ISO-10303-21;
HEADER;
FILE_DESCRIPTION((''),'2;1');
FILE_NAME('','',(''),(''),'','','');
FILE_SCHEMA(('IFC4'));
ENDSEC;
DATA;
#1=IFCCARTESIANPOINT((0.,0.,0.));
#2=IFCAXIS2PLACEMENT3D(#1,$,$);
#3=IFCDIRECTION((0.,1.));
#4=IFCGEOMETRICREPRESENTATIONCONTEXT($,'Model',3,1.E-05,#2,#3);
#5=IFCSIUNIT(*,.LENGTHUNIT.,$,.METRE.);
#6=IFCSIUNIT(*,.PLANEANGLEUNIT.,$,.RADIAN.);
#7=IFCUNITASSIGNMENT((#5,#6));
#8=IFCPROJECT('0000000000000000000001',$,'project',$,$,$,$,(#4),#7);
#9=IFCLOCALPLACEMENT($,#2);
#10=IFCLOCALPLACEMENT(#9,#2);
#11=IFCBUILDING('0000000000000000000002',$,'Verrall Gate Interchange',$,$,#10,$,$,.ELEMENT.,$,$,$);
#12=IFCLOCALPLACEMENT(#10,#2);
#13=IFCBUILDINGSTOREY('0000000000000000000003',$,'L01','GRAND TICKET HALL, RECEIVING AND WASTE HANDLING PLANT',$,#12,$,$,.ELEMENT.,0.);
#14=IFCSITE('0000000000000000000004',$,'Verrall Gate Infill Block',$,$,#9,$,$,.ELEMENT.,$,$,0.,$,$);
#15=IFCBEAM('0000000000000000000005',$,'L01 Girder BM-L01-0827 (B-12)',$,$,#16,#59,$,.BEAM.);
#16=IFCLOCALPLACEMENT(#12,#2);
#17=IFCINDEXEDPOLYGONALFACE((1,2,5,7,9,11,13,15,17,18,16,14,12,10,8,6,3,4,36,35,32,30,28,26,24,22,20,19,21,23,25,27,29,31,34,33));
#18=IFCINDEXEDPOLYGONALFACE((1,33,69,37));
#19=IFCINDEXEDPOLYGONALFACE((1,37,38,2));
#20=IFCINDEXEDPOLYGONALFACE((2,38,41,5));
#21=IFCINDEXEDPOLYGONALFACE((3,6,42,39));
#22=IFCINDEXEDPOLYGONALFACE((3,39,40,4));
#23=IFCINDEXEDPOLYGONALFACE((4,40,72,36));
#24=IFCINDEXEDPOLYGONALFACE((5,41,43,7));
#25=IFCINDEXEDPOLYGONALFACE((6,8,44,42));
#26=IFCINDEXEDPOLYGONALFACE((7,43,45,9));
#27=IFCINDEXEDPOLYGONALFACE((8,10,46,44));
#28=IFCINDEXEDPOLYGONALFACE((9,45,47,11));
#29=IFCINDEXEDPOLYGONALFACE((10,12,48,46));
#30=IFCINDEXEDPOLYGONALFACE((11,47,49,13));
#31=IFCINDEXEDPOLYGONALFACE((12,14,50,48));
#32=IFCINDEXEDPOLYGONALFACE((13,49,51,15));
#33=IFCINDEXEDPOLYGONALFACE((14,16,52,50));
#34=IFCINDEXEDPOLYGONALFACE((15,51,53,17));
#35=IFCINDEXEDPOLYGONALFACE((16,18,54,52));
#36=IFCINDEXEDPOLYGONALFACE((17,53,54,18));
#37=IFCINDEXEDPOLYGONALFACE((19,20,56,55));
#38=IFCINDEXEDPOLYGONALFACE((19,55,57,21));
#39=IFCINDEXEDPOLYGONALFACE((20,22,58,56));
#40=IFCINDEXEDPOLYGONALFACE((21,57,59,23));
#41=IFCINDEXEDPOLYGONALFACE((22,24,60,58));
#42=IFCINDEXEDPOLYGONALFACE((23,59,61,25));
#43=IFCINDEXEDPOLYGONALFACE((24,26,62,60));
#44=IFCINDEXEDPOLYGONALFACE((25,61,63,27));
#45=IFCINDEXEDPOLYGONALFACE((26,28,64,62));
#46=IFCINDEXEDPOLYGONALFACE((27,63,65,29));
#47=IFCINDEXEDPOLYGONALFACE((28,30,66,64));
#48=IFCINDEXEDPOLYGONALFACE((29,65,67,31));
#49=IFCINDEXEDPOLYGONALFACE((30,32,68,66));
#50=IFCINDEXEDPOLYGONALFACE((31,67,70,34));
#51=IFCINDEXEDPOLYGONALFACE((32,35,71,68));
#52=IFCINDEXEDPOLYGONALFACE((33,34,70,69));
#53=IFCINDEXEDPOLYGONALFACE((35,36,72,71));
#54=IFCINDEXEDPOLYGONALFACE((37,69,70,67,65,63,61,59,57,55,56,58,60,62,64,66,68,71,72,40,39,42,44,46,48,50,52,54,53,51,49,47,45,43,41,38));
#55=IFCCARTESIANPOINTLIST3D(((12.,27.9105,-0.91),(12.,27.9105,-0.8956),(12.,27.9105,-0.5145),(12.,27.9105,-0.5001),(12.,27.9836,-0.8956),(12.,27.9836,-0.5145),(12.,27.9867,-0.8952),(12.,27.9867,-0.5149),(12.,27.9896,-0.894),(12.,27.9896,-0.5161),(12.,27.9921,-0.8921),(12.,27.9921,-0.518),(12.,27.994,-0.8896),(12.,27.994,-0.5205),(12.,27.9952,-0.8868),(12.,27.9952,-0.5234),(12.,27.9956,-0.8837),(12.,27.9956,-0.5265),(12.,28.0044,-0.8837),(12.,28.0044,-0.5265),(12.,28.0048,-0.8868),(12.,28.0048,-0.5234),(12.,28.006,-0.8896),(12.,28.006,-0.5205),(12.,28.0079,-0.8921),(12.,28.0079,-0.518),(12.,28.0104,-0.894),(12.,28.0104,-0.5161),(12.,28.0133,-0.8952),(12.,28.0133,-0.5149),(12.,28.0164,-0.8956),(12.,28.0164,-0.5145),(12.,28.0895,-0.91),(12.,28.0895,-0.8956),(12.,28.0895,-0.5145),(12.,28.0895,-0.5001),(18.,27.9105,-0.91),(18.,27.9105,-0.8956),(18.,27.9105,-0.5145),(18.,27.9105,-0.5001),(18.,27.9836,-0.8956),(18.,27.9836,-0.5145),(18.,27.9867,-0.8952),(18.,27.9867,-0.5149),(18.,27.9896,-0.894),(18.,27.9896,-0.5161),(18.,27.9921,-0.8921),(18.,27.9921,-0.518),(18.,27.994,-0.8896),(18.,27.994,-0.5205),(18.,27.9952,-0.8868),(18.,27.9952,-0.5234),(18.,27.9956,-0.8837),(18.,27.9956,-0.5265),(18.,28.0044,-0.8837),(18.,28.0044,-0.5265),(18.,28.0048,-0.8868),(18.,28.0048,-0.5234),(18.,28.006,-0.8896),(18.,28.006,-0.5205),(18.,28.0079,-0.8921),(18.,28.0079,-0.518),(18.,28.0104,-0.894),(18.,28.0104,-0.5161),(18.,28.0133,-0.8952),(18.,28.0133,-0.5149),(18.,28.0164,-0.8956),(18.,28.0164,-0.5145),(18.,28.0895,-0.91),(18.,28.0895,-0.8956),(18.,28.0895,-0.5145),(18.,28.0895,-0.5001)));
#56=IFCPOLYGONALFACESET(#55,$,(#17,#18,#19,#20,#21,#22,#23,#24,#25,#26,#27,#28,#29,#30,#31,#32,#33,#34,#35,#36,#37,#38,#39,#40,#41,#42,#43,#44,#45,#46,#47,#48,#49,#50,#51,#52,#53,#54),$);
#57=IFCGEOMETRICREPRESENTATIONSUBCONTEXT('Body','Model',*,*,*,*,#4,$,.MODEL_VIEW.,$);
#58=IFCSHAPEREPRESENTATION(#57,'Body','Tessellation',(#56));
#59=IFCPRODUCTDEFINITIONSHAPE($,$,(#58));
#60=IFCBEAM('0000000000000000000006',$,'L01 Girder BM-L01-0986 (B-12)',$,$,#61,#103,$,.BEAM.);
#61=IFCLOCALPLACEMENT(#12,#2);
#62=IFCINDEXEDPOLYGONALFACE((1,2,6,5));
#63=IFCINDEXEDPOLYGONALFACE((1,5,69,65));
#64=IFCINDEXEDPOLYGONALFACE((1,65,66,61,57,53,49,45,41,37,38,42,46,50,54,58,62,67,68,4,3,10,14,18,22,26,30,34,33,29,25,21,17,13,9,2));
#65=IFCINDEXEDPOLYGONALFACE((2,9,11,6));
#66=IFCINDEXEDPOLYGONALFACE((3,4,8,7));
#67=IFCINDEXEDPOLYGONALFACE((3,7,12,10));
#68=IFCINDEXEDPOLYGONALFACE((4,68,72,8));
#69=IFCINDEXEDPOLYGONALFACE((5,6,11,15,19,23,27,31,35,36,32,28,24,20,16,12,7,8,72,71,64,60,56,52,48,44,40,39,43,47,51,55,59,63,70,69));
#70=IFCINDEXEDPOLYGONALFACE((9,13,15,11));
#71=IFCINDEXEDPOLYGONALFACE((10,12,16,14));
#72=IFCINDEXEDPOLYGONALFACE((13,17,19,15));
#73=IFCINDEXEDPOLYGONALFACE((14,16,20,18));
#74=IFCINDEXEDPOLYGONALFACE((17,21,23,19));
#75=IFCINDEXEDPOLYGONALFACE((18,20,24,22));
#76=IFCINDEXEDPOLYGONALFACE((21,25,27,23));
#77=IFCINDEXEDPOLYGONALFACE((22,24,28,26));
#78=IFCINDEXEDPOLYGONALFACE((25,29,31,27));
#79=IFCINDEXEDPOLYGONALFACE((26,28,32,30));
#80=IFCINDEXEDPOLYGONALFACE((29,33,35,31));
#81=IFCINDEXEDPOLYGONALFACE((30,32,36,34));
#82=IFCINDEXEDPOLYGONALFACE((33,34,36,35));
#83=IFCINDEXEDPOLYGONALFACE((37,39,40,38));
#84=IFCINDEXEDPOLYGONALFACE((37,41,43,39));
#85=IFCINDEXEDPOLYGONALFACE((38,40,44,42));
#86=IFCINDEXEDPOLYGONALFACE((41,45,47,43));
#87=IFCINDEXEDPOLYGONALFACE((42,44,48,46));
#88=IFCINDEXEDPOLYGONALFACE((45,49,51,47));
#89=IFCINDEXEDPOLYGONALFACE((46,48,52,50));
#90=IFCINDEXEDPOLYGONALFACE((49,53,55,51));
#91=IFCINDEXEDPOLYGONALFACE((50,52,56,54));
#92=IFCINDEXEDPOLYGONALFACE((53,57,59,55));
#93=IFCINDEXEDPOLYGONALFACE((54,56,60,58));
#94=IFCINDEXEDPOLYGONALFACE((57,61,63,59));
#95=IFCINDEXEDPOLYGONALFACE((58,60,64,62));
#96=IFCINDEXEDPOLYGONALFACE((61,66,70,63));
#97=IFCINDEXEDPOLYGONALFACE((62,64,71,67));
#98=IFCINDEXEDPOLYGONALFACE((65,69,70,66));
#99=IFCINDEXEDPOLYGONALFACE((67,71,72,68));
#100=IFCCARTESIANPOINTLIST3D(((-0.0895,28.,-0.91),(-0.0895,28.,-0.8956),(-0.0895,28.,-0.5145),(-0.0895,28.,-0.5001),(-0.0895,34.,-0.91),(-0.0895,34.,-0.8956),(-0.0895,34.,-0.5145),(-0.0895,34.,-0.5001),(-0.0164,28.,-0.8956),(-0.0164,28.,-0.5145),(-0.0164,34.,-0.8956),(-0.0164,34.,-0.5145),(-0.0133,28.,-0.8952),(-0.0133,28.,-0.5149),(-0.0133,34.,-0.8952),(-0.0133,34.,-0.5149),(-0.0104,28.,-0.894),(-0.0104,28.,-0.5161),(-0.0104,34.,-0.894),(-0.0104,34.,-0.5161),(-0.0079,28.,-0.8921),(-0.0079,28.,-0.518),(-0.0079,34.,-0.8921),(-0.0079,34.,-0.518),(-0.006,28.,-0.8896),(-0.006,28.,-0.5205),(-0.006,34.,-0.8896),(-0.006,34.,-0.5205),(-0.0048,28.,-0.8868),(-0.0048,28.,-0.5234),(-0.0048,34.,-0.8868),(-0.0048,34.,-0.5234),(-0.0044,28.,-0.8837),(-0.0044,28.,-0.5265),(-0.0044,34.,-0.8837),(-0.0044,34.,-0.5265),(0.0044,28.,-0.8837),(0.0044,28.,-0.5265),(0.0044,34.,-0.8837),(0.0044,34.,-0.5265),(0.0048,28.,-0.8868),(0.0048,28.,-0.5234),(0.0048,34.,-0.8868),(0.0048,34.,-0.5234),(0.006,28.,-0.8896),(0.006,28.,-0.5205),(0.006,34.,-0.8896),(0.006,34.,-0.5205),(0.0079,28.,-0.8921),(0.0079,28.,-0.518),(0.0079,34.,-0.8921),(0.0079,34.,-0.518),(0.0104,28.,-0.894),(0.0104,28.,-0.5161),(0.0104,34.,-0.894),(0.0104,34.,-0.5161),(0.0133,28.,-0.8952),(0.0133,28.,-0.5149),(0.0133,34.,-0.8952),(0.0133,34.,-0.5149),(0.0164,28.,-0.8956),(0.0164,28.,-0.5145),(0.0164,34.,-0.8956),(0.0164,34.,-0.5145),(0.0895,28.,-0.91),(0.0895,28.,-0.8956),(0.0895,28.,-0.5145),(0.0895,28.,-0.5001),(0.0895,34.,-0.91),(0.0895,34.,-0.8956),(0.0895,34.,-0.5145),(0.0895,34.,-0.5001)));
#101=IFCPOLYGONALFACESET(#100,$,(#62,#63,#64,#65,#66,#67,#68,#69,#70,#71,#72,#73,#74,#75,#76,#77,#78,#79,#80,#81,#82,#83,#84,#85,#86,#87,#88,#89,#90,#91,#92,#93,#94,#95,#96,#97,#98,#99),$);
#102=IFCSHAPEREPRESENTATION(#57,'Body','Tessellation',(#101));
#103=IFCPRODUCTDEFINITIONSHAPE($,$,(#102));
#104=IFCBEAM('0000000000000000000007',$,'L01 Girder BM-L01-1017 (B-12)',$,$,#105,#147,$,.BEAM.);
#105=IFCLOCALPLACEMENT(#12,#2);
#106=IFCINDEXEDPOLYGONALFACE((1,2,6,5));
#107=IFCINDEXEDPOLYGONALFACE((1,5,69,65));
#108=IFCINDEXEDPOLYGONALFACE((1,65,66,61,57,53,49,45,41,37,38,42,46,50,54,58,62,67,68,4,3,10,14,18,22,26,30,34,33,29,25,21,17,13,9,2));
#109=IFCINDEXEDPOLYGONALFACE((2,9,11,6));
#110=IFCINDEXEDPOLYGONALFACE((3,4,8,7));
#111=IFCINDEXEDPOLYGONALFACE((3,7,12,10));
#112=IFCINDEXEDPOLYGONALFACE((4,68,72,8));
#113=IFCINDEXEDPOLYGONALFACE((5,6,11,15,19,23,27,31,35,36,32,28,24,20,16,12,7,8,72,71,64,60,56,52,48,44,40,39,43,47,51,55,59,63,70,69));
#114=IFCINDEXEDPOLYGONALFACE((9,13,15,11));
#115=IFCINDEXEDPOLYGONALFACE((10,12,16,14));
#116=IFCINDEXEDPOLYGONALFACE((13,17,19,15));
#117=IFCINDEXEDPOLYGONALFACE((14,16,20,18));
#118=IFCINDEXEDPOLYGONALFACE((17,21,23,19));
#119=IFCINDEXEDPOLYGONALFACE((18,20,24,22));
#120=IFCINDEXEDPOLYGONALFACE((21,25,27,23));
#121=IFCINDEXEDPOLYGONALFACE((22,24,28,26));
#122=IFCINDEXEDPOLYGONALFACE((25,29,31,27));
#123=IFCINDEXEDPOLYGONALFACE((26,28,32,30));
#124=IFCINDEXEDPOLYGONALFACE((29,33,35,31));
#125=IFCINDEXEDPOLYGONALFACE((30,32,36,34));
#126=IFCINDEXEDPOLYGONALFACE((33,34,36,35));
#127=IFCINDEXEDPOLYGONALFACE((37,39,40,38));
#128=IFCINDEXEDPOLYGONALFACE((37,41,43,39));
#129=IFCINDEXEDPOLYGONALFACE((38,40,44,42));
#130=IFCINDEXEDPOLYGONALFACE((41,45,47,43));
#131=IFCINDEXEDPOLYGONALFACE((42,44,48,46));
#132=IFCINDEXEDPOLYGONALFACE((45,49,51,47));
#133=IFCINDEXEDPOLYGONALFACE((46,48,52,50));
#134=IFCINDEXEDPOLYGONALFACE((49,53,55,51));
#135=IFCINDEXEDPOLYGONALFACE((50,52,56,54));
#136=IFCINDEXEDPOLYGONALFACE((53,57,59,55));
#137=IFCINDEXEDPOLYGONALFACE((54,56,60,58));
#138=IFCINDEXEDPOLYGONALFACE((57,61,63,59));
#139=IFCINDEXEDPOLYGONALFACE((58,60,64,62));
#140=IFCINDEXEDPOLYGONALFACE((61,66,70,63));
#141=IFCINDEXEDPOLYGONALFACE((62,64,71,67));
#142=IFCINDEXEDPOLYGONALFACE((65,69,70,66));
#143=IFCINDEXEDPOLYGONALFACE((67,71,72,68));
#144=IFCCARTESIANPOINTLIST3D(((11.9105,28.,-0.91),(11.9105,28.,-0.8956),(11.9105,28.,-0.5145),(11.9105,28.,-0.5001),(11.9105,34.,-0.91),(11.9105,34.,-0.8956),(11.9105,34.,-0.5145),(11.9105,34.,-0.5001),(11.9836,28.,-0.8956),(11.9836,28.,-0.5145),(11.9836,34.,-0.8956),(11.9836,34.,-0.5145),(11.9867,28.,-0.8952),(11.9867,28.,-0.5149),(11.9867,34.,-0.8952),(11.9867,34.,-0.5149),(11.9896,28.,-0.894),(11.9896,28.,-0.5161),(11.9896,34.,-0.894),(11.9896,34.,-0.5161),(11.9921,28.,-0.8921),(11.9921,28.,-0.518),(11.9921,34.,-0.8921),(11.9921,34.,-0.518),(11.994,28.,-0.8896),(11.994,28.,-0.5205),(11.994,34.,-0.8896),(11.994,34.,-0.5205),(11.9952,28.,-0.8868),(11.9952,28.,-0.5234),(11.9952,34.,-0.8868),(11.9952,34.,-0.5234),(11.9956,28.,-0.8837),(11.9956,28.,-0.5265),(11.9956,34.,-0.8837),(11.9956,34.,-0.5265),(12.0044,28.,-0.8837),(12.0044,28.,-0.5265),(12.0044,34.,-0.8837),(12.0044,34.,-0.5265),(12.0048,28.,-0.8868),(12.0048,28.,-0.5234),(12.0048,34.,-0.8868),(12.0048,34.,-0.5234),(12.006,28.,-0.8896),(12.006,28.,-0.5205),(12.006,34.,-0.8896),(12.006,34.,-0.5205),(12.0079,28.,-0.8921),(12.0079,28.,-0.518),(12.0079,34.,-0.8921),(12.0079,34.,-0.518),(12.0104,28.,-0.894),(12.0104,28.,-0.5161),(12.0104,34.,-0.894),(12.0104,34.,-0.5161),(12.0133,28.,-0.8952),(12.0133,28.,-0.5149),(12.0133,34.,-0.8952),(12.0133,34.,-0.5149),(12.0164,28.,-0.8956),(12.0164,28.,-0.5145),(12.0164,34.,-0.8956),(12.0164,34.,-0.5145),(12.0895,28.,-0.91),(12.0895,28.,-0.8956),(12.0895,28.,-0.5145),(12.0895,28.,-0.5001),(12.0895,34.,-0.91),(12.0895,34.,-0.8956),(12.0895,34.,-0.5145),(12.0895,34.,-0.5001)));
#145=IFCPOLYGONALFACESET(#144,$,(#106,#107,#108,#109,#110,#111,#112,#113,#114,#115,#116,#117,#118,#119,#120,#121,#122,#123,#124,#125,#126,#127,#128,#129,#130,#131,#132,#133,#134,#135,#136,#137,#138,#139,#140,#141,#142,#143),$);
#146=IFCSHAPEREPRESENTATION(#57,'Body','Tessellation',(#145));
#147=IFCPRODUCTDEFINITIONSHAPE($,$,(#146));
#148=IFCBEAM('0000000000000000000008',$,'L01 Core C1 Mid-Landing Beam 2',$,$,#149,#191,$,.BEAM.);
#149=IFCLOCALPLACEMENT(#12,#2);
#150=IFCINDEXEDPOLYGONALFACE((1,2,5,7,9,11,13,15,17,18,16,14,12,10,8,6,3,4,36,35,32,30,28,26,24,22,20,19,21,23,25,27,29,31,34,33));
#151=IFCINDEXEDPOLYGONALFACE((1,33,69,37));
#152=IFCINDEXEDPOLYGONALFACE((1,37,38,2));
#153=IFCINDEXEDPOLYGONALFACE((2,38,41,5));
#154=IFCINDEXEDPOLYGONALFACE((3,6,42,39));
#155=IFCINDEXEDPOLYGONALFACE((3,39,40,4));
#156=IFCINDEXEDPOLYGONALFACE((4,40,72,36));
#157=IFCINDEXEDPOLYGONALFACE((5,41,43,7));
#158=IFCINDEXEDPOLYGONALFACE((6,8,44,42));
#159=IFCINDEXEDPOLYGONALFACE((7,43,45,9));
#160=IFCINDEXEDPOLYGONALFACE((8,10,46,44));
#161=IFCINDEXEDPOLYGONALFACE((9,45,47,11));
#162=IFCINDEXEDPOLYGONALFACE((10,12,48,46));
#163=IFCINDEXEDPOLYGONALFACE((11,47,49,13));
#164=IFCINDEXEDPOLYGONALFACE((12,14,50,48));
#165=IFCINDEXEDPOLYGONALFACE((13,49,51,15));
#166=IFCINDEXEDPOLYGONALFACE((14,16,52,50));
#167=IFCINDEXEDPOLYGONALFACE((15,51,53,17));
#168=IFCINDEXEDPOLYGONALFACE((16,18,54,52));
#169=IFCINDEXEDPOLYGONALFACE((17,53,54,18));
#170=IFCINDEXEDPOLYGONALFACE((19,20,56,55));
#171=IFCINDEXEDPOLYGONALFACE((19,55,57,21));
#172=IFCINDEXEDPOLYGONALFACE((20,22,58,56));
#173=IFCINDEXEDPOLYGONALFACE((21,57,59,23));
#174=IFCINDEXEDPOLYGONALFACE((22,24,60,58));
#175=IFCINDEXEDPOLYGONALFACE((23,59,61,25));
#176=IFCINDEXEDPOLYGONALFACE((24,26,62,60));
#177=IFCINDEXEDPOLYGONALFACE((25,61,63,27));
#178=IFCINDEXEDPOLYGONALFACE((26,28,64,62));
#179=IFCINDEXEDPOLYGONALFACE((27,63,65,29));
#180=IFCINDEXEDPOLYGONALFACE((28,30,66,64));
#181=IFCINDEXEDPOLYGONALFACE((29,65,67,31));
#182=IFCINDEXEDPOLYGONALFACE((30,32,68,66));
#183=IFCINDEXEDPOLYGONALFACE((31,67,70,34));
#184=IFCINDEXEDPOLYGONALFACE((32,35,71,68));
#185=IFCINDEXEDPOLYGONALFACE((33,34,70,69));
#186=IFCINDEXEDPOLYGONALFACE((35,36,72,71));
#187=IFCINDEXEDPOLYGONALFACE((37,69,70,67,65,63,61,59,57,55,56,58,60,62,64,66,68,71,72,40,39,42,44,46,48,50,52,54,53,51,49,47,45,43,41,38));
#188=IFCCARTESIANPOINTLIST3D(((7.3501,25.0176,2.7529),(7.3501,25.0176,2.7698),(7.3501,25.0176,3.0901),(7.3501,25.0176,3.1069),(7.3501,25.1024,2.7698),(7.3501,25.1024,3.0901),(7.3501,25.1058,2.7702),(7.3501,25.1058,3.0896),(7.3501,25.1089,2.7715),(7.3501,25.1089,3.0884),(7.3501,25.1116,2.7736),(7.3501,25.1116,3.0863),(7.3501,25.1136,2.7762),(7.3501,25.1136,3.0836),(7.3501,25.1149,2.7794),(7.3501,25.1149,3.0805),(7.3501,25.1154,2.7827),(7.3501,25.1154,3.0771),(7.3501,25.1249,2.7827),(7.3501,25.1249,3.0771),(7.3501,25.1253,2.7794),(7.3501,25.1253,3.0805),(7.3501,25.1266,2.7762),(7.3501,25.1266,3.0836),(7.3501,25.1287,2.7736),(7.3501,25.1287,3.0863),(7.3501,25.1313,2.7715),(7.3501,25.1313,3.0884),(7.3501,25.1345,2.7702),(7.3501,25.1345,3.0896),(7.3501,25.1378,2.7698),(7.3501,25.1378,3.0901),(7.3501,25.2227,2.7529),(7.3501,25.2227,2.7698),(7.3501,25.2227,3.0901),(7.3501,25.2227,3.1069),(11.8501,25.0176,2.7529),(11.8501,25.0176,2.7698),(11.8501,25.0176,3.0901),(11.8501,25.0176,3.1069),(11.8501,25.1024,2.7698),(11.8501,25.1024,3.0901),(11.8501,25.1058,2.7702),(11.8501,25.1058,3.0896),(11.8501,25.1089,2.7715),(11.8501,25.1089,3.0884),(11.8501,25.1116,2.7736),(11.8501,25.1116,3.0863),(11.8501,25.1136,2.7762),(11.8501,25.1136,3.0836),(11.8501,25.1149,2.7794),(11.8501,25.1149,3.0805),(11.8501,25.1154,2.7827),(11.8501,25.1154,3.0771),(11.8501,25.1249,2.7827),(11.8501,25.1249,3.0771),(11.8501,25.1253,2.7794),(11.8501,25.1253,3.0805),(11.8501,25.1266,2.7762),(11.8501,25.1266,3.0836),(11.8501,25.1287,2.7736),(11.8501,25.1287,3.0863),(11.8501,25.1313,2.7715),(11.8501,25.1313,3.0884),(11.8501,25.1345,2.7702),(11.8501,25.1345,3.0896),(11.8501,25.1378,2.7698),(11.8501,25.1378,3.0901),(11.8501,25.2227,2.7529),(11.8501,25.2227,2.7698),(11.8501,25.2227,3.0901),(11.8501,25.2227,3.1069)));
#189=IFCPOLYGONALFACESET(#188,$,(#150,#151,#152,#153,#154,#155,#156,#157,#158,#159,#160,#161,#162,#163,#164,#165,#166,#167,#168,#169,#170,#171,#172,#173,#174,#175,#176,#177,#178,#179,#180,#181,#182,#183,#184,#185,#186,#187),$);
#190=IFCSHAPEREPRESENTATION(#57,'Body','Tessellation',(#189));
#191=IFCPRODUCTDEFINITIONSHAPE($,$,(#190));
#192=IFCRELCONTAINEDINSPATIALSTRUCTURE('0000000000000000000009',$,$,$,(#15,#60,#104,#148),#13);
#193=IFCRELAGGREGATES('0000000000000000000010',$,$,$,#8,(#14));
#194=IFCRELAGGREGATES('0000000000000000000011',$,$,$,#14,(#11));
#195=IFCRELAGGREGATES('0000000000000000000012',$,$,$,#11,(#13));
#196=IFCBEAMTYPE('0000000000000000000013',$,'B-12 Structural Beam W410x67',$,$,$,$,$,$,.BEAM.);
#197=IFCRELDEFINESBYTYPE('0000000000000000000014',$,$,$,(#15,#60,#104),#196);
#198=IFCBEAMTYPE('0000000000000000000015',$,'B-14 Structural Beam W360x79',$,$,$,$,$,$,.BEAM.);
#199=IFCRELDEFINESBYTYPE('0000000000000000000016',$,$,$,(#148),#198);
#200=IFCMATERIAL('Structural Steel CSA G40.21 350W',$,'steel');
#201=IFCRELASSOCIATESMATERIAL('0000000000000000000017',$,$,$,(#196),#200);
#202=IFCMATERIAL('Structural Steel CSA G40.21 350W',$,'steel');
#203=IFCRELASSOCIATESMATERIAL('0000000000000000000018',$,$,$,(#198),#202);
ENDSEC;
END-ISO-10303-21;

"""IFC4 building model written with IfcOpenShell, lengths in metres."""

from ifc_helpers import new_model, si_unit, direction, frame, origin, origin_2d, place, context, subcontext, project, spatial, i_section, extrude, material, material_profile, profile_set, type_object, element, save


model = new_model("IFC4")

# Units and contexts
model_context = context("Model", 3, precision=1e-05, world=origin(), true_north=direction((0.0, 1.0)))
body_context = subcontext(model_context, "Body", "Model", "MODEL_VIEW")
ifc_project = project(units=[si_unit("LENGTHUNIT", "METRE"), si_unit("PLANEANGLEUNIT", "RADIAN")], contexts=[model_context])

# Site, building, storey
site_placement = place(None, origin())
site = spatial("IfcSite", under=ifc_project, at=site_placement, Name="Verrall Gate Infill Block", CompositionType="ELEMENT", RefElevation=0.0)
building_placement = place(site_placement, origin())
building = spatial("IfcBuilding", under=site, at=building_placement, Name="Verrall Gate Interchange", CompositionType="ELEMENT")
storey_placement = place(building_placement, origin())
storey = spatial("IfcBuildingStorey", under=building, at=storey_placement, Name="L01", Description="GRAND TICKET HALL, RECEIVING AND WASTE HANDLING PLANT", CompositionType="ELEMENT", Elevation=0.0)

# Beams
ifc_material_1 = material(Name="Structural Steel CSA G40.21 350W", Category="steel")
ifc_material_profile_1 = material_profile(ifc_material_1, i_section(OverallWidth=0.179, OverallDepth=0.4099, WebThickness=0.0088, FlangeThickness=0.0144, FilletRadius=0.012, at=origin_2d()), Name="W410x67")
ifc_profile_set_1 = profile_set([ifc_material_profile_1], Name="Structural Steel CSA G40.21 350W")
beam_type_1 = type_object("IfcBeamType", Name="B-12 Structural Beam W410x67", PredefinedType="BEAM", material=ifc_profile_set_1)
for number, where, z_axis, x_axis, name in (
    (1, (12.0, 28.0, -0.7051), (1.0, 0.0, 0.0), (0.0, 1.0, 0.0), "L01 Girder BM-L01-0827 (B-12)"),
    (2, (0.0, 28.0, -0.7051), (0.0, 1.0, 0.0), (-1.0, 0.0, 0.0), "L01 Girder BM-L01-0986 (B-12)"),
    (3, (12.0, 28.0, -0.7051), (0.0, 1.0, 0.0), (-1.0, 0.0, 0.0), "L01 Girder BM-L01-1017 (B-12)"),
):
    element("IfcBeam", number, at=place(storey_placement, frame(where, z_axis=z_axis, x_axis=x_axis)), inside=storey, type_object=beam_type_1, Name=name, PredefinedType="BEAM", context=body_context, shape_type="SweptSolid", body=[
        extrude(i_section(OverallWidth=0.179, OverallDepth=0.4099, WebThickness=0.0088, FlangeThickness=0.0144, FilletRadius=0.012, at=origin_2d()), origin(), (0.0, 0.0, 1.0), 6.0),
    ])
ifc_material_2 = material(Name="Structural Steel CSA G40.21 350W", Category="steel")
ifc_material_profile_2 = material_profile(ifc_material_2, i_section(OverallWidth=0.2051, OverallDepth=0.354, WebThickness=0.0095, FlangeThickness=0.0168, FilletRadius=0.0129, at=origin_2d()), Name="W360x79")
ifc_profile_set_2 = profile_set([ifc_material_profile_2], Name="Structural Steel CSA G40.21 350W")
beam_type_2 = type_object("IfcBeamType", Name="B-14 Structural Beam W360x79", PredefinedType="BEAM", material=ifc_profile_set_2)
beam_1_placement = place(storey_placement, frame((7.3501, 25.1201, 2.9299), z_axis=(1.0, 0.0, 0.0), x_axis=(0.0, 1.0, 0.0)))
element("IfcBeam", 4, at=beam_1_placement, inside=storey, type_object=beam_type_2, Name="L01 Core C1 Mid-Landing Beam 2", PredefinedType="BEAM", context=body_context, shape_type="SweptSolid", body=[
    extrude(i_section(OverallWidth=0.2051, OverallDepth=0.354, WebThickness=0.0095, FlangeThickness=0.0168, FilletRadius=0.0129, at=origin_2d()), origin(), (0.0, 0.0, 1.0), 4.5),
])

save(model, "model.ifc")
